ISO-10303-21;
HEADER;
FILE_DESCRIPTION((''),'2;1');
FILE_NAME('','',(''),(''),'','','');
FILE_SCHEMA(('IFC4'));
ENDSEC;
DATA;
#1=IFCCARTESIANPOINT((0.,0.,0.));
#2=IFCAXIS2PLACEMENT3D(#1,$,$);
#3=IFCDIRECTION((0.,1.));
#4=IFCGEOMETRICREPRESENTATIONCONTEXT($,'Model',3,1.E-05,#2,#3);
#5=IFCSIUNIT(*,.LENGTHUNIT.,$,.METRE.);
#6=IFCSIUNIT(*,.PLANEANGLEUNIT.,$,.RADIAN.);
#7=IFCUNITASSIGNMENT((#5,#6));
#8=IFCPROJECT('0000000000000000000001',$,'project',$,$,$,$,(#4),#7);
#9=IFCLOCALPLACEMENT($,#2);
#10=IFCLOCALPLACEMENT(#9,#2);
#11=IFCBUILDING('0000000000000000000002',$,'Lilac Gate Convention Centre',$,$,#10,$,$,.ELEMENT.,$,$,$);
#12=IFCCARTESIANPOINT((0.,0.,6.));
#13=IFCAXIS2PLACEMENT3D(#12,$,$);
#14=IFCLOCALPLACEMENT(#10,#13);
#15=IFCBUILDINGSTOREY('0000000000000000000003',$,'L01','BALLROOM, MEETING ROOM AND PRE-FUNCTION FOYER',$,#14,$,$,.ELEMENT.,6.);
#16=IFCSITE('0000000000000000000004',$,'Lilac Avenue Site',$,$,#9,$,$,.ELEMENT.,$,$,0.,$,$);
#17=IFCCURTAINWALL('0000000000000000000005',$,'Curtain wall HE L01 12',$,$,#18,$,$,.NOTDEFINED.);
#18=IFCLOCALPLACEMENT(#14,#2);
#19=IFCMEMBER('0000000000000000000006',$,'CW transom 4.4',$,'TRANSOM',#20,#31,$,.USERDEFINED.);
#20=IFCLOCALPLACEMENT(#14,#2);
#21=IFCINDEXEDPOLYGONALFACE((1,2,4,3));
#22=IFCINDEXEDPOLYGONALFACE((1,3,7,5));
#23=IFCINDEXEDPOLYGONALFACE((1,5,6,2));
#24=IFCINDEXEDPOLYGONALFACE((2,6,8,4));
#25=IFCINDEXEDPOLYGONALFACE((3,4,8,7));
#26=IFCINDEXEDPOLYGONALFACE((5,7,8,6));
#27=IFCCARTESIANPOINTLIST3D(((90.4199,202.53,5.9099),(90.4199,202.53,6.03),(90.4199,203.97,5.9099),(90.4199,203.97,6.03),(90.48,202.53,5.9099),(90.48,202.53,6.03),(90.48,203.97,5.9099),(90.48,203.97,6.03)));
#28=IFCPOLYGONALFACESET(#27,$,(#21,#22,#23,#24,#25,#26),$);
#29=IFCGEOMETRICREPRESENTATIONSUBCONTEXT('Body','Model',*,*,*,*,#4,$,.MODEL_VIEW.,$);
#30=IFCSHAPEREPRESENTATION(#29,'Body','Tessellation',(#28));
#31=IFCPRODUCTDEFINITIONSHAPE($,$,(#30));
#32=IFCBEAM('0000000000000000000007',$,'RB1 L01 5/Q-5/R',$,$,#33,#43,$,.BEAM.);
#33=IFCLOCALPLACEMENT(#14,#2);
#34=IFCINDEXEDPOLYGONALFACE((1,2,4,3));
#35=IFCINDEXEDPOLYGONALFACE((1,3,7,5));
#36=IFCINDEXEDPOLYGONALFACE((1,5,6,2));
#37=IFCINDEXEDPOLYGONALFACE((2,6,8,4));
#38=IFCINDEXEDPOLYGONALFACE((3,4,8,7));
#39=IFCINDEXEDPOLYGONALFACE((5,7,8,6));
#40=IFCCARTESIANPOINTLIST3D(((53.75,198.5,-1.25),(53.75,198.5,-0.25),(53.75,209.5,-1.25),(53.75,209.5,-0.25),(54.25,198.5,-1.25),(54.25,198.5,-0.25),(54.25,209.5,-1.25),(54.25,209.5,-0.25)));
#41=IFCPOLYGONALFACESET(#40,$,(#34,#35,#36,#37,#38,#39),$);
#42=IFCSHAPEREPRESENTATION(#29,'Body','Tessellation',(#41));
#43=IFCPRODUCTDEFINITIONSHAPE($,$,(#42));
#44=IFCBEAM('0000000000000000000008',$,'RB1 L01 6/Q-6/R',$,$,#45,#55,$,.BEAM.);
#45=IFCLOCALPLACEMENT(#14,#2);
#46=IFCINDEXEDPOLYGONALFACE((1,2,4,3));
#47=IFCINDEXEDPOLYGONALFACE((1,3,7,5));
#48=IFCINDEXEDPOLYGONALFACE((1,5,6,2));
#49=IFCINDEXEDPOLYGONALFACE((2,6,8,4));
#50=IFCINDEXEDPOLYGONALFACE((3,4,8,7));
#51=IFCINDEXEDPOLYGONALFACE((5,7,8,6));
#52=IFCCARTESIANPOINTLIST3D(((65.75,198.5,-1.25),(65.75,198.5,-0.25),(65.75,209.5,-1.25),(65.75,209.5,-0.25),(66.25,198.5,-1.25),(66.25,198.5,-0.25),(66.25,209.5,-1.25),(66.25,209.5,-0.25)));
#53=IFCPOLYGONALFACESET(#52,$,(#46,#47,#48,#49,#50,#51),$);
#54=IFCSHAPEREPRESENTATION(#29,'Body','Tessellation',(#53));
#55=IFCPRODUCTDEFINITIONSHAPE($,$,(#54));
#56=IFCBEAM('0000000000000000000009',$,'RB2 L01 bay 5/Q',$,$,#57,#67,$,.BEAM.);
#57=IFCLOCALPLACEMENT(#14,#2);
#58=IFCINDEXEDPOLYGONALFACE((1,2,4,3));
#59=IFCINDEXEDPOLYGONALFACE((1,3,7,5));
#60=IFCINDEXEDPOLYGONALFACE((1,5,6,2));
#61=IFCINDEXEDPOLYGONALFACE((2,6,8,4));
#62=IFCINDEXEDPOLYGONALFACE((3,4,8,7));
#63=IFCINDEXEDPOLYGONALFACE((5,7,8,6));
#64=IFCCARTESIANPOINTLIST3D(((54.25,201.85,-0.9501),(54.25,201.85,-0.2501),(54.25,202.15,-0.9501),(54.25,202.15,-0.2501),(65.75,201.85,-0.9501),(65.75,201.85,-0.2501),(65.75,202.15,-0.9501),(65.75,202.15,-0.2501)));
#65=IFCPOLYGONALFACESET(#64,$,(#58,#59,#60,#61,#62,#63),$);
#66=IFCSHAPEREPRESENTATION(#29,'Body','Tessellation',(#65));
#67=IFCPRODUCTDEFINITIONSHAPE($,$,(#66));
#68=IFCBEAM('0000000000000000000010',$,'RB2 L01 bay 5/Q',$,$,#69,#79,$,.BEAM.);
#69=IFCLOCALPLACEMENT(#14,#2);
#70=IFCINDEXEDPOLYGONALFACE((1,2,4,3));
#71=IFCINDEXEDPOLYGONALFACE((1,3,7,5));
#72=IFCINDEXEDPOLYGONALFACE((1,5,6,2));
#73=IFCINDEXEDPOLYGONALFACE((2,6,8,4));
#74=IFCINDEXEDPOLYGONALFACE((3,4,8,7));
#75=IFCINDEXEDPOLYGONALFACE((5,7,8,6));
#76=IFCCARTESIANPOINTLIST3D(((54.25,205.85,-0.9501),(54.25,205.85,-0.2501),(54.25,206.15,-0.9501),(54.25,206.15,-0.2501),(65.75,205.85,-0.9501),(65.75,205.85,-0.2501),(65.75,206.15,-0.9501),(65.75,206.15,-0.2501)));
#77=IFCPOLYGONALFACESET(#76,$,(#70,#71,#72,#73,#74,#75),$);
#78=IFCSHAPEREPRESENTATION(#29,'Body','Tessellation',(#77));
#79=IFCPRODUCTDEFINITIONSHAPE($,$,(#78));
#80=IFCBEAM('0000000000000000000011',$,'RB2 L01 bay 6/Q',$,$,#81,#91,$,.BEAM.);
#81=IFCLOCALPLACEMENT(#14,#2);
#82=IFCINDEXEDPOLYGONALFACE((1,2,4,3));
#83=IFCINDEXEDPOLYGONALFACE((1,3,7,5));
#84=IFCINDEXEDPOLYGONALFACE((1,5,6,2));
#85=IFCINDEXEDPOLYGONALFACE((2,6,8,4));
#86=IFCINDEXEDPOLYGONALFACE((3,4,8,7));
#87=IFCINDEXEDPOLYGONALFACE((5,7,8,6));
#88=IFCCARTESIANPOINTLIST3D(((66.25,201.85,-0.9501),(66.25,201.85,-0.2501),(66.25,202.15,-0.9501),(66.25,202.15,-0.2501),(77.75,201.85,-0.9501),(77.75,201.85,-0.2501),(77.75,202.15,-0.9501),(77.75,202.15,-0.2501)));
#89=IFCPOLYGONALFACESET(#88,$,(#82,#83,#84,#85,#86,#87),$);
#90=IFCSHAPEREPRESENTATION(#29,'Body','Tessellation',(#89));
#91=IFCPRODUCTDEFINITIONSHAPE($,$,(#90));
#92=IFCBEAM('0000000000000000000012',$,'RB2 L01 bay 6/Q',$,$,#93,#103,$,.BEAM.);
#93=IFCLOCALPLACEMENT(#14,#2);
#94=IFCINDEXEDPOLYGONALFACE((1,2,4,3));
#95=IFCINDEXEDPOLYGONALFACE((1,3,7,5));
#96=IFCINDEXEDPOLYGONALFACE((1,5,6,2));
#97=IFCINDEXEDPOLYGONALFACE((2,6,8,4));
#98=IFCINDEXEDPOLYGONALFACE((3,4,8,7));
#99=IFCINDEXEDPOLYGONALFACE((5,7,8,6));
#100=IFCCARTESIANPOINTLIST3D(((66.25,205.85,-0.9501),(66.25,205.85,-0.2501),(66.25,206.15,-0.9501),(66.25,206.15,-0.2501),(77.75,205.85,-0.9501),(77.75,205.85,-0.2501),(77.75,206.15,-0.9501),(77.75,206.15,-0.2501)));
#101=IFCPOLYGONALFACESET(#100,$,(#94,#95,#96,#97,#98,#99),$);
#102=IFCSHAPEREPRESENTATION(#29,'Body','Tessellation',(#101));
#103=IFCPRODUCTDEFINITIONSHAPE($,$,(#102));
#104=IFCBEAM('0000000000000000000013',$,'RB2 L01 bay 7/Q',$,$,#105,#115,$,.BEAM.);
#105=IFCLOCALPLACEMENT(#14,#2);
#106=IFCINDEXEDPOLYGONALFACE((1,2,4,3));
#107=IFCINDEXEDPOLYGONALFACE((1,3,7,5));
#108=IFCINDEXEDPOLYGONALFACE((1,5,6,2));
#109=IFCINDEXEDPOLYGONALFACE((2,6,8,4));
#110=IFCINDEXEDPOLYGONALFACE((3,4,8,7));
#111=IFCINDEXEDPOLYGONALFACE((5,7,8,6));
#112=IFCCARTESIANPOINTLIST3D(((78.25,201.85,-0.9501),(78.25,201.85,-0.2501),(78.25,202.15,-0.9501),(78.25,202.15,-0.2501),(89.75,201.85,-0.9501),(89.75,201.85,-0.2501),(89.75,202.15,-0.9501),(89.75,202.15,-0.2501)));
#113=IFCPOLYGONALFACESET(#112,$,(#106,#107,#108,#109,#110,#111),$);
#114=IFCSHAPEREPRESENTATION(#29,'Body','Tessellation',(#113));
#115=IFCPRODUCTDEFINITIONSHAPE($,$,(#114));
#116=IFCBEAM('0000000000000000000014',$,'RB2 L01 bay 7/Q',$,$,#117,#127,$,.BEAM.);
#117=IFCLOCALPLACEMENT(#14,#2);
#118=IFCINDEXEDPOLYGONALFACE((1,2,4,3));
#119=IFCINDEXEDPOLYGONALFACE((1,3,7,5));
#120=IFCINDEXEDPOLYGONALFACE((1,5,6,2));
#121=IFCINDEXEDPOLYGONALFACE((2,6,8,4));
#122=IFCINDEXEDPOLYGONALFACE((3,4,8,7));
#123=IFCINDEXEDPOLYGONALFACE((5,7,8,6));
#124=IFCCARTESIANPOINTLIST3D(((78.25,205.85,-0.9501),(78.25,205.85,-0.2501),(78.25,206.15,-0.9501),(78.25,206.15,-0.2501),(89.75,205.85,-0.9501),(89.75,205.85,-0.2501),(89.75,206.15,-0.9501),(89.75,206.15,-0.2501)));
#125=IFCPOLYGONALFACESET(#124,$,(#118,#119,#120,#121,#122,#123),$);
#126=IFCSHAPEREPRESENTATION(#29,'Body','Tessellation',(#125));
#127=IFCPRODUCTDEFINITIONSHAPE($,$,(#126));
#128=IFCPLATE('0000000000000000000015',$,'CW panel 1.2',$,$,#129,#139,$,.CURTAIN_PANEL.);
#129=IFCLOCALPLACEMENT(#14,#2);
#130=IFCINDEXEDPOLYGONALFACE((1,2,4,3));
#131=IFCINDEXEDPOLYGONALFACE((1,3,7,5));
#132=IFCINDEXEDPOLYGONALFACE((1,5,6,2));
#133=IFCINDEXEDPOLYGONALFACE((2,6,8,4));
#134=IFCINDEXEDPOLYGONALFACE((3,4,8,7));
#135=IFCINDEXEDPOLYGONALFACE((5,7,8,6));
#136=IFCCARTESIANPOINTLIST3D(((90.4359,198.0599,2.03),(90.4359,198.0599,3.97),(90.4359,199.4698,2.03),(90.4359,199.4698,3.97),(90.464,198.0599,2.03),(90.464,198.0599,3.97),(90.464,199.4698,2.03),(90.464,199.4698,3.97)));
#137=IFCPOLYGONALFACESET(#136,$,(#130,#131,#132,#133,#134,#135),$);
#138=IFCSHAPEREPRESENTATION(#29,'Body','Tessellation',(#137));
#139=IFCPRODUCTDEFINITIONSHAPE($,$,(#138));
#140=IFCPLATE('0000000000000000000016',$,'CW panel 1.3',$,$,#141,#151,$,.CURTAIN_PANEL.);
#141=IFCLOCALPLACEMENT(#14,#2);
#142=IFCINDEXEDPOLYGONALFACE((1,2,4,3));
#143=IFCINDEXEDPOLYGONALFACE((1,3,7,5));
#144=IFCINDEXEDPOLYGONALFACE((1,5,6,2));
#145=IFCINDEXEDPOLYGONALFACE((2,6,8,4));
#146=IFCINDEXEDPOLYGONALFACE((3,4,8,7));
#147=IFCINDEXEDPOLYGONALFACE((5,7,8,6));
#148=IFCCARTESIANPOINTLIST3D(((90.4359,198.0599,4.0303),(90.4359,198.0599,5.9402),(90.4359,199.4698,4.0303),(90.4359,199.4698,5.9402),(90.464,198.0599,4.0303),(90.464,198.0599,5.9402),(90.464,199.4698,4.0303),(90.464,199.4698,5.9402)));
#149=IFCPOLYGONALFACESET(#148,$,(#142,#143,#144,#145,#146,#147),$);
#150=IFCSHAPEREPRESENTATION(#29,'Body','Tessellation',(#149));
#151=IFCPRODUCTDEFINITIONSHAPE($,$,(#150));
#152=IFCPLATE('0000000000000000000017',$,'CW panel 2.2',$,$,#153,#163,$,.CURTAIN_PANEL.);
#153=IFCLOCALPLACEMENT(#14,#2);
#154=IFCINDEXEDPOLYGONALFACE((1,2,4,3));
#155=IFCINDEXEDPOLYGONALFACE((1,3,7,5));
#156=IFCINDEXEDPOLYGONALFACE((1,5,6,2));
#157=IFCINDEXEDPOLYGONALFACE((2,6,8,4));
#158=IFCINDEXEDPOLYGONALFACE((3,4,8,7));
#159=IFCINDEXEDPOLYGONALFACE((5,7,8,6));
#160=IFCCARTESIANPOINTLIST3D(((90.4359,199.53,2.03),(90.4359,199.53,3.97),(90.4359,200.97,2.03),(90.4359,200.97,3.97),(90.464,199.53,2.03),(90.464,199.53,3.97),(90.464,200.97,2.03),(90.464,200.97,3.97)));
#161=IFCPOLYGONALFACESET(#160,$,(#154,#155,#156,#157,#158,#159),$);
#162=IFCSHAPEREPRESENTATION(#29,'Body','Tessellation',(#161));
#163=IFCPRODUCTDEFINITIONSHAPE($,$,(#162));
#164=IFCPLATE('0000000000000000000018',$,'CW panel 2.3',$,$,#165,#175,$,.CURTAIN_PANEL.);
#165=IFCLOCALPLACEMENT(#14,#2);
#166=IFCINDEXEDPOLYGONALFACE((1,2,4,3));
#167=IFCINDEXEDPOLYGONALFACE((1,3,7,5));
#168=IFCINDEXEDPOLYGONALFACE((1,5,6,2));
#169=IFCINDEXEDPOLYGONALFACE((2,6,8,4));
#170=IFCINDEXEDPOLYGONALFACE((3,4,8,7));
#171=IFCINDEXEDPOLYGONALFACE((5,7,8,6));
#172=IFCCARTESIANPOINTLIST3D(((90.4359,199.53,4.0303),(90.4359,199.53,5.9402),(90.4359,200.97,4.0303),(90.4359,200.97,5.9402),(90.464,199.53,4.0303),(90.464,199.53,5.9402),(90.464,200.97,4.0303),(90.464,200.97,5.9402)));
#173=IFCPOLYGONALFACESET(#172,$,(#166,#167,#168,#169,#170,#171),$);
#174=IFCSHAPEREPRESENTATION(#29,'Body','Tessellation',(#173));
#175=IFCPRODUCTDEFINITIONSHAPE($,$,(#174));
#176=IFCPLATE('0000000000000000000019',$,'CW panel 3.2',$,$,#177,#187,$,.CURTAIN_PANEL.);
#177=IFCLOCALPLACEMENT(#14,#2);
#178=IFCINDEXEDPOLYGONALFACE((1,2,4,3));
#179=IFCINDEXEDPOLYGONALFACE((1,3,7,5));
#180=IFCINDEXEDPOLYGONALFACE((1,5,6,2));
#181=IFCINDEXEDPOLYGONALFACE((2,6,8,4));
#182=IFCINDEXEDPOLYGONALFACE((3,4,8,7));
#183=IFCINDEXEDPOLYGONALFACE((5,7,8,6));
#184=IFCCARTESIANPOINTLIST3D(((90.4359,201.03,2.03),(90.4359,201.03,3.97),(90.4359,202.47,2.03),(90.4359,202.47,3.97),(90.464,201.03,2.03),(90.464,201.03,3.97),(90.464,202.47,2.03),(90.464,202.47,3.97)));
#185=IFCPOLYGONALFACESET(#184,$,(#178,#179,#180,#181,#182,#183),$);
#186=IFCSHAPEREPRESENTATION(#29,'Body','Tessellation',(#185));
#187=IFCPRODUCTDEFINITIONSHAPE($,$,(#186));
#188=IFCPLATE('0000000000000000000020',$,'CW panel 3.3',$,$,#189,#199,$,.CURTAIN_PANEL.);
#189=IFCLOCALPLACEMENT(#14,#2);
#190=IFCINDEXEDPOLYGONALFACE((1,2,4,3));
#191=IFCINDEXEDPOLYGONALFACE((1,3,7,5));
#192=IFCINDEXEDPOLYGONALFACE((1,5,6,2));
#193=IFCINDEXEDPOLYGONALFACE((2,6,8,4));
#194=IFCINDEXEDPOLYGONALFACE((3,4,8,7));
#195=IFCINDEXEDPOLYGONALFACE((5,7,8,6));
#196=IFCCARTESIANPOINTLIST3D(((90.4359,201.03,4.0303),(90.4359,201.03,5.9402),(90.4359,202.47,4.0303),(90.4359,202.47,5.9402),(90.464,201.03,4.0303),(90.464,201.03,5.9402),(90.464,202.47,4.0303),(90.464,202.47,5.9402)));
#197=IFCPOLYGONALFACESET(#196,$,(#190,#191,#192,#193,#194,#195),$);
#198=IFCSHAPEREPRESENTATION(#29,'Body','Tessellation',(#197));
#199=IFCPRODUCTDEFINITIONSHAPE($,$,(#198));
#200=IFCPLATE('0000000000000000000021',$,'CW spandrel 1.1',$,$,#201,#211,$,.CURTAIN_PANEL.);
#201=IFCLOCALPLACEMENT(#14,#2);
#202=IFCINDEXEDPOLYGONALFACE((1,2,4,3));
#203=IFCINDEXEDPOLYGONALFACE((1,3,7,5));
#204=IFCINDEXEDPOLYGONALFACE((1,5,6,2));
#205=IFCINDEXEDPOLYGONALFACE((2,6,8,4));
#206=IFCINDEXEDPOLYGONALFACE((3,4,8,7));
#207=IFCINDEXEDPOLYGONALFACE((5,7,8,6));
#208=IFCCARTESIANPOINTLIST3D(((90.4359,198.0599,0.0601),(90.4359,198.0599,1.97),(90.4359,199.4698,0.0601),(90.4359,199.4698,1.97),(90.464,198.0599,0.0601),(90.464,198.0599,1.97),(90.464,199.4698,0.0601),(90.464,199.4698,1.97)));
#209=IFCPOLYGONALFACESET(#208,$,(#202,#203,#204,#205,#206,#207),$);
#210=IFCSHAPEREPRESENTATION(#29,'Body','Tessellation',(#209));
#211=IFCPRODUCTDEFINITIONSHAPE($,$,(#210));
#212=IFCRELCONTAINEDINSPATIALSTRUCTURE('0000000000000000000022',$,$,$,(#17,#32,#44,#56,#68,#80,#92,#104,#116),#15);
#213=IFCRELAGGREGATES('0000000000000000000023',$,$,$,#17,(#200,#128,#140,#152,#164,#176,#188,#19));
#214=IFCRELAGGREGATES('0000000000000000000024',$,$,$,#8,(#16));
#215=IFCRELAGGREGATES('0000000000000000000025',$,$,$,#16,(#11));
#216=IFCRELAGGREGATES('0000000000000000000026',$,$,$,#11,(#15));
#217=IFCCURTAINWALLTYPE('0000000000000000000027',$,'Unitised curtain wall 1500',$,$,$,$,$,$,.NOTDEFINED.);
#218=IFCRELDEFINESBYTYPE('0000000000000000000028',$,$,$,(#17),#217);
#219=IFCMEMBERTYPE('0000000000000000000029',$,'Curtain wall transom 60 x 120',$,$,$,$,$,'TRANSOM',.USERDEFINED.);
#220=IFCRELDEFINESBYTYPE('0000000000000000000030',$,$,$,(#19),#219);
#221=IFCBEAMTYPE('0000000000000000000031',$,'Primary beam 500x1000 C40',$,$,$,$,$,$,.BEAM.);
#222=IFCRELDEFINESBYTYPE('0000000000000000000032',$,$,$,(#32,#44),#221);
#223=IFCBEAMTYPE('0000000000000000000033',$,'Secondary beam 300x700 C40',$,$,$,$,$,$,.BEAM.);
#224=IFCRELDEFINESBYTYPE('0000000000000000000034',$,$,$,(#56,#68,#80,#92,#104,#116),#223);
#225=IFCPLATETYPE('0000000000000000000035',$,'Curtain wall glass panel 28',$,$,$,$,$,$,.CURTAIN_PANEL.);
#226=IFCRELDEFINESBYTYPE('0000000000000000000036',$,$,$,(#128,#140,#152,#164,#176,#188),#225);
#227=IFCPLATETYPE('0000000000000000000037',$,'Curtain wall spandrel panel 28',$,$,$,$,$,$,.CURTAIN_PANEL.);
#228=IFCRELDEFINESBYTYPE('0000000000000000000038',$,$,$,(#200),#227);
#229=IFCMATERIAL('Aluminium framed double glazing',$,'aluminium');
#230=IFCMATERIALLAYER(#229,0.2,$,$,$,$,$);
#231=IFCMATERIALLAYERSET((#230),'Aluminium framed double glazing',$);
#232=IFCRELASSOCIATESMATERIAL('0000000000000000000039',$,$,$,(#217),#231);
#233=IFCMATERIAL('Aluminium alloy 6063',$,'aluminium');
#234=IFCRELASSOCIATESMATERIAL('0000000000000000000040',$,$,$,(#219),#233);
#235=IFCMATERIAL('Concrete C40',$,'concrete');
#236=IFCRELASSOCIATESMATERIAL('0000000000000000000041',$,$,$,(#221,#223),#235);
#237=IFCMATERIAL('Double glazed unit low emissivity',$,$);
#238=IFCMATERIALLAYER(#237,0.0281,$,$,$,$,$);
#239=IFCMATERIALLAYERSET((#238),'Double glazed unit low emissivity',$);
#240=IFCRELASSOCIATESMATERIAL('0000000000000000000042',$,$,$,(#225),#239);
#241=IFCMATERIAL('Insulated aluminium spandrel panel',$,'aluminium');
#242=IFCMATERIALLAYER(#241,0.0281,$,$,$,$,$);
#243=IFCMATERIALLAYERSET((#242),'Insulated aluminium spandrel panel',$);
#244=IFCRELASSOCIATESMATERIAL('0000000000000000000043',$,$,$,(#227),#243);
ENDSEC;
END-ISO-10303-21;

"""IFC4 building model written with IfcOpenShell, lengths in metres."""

from ifc_helpers import new_model, si_unit, direction, frame, origin, origin_2d, place, context, subcontext, project, spatial, rectangle, extrude, material, layer, layer_set, material_profile, profile_set, type_object, element, aggregate, save


model = new_model("IFC4")

# Units and contexts
model_context = context("Model", 3, precision=1e-05, world=origin(), true_north=direction((0.0, 1.0)))
body_context = subcontext(model_context, "Body", "Model", "MODEL_VIEW")
ifc_project = project(units=[si_unit("LENGTHUNIT", "METRE"), si_unit("PLANEANGLEUNIT", "RADIAN")], contexts=[model_context])

# Site, building, storey
site_placement = place(None, origin())
site = spatial("IfcSite", under=ifc_project, at=site_placement, Name="Lilac Avenue Site", CompositionType="ELEMENT", RefElevation=0.0)
building_placement = place(site_placement, origin())
building = spatial("IfcBuilding", under=site, at=building_placement, Name="Lilac Gate Convention Centre", CompositionType="ELEMENT")
storey_placement = place(building_placement, frame((0.0, 0.0, 6.0)))
storey = spatial("IfcBuildingStorey", under=building, at=storey_placement, Name="L01", Description="BALLROOM, MEETING ROOM AND PRE-FUNCTION FOYER", CompositionType="ELEMENT", Elevation=6.0)

# Curtain wall, member
ifc_material_1 = material(Name="Aluminium framed double glazing", Category="aluminium")
ifc_layer_1 = layer(ifc_material_1, 0.2)
ifc_layer_set_1 = layer_set([ifc_layer_1], Name="Aluminium framed double glazing")
curtain_wall_type = type_object("IfcCurtainWallType", Name="Unitised curtain wall 1500", PredefinedType="NOTDEFINED", material=ifc_layer_set_1)
curtain_wall_placement = place(storey_placement, origin())
curtain_wall = element("IfcCurtainWall", 1, at=curtain_wall_placement, inside=storey, type_object=curtain_wall_type, Name="Curtain wall HE L01 12", PredefinedType="NOTDEFINED")
ifc_material_2 = material(Name="Aluminium alloy 6063", Category="aluminium")
ifc_material_profile_1 = material_profile(ifc_material_2, rectangle(XDim=0.0601, YDim=0.1201, at=origin_2d()), Name="Curtain wall transom 60 x 120")
ifc_profile_set_1 = profile_set([ifc_material_profile_1], Name="Aluminium alloy 6063")
member_type_1 = type_object("IfcMemberType", Name="Curtain wall transom 60 x 120", ElementType="TRANSOM", PredefinedType="USERDEFINED", material=ifc_profile_set_1)
member_1_placement = place(storey_placement, frame((90.45, 202.53, 5.97), z_axis=(0.0, 1.0, 0.0), x_axis=(-1.0, 0.0, 0.0)))
member_1 = element("IfcMember", 2, at=member_1_placement, type_object=member_type_1, Name="CW transom 4.4", ObjectType="TRANSOM", PredefinedType="USERDEFINED", context=body_context, shape_type="SweptSolid", body=[
    extrude(rectangle(XDim=0.0601, YDim=0.1201, at=origin_2d()), origin(), (0.0, 0.0, 1.0), 1.4399),
])

# Beams
ifc_material_3 = material(Name="Concrete C40", Category="concrete")
ifc_material_profile_2 = material_profile(ifc_material_3, rectangle(XDim=0.5, YDim=1.0, at=origin_2d()), Name="RC 500x1000")
ifc_profile_set_2 = profile_set([ifc_material_profile_2], Name="Concrete C40")
beam_type_1 = type_object("IfcBeamType", Name="Primary beam 500x1000 C40", PredefinedType="BEAM", material=ifc_profile_set_2)
for number, where, z_axis, x_axis, name in (
    (3, (54.0, 198.5, -0.75), (0.0, 1.0, 0.0), (-1.0, 0.0, 0.0), "RB1 L01 5/Q-5/R"),
    (4, (66.0, 198.5, -0.75), (0.0, 1.0, 0.0), (-1.0, 0.0, 0.0), "RB1 L01 6/Q-6/R"),
):
    element("IfcBeam", number, at=place(storey_placement, frame(where, z_axis=z_axis, x_axis=x_axis)), inside=storey, type_object=beam_type_1, Name=name, PredefinedType="BEAM", context=body_context, shape_type="SweptSolid", body=[
        extrude(rectangle(XDim=0.5, YDim=1.0, at=origin_2d()), origin(), (0.0, 0.0, 1.0), 11.0),
    ])
ifc_material_profile_3 = material_profile(ifc_material_3, rectangle(XDim=0.3, YDim=0.7, at=origin_2d()), Name="RC 300x700")
ifc_profile_set_3 = profile_set([ifc_material_profile_3], Name="Concrete C40")
beam_type_2 = type_object("IfcBeamType", Name="Secondary beam 300x700 C40", PredefinedType="BEAM", material=ifc_profile_set_3)
for number, where, z_axis, x_axis, name in (
    (5, (54.25, 202.0, -0.6001), (1.0, 0.0, 0.0), (0.0, 1.0, 0.0), "RB2 L01 bay 5/Q"),
    (6, (54.25, 206.0, -0.6001), (1.0, 0.0, 0.0), (0.0, 1.0, 0.0), "RB2 L01 bay 5/Q"),
    (7, (66.25, 202.0, -0.6001), (1.0, 0.0, 0.0), (0.0, 1.0, 0.0), "RB2 L01 bay 6/Q"),
    (8, (66.25, 206.0, -0.6001), (1.0, 0.0, 0.0), (0.0, 1.0, 0.0), "RB2 L01 bay 6/Q"),
    (9, (78.25, 202.0, -0.6001), (1.0, 0.0, 0.0), (0.0, 1.0, 0.0), "RB2 L01 bay 7/Q"),
    (10, (78.25, 206.0, -0.6001), (1.0, 0.0, 0.0), (0.0, 1.0, 0.0), "RB2 L01 bay 7/Q"),
):
    element("IfcBeam", number, at=place(storey_placement, frame(where, z_axis=z_axis, x_axis=x_axis)), inside=storey, type_object=beam_type_2, Name=name, PredefinedType="BEAM", context=body_context, shape_type="SweptSolid", body=[
        extrude(rectangle(XDim=0.3, YDim=0.7, at=origin_2d()), origin(), (0.0, 0.0, 1.0), 11.5),
    ])

# Plates
ifc_material_4 = material(Name="Double glazed unit low emissivity")
ifc_layer_2 = layer(ifc_material_4, 0.0281)
ifc_layer_set_2 = layer_set([ifc_layer_2], Name="Double glazed unit low emissivity")
plate_type_1 = type_object("IfcPlateType", Name="Curtain wall glass panel 28", PredefinedType="CURTAIN_PANEL", material=ifc_layer_set_2)
plate_1_placement = place(storey_placement, frame((90.45, 198.7649, 2.03), z_axis=(0.0, 0.0, 1.0), x_axis=(0.0, 1.0, 0.0)))
plate_1 = element("IfcPlate", 11, at=plate_1_placement, type_object=plate_type_1, Name="CW panel 1.2", PredefinedType="CURTAIN_PANEL", context=body_context, shape_type="SweptSolid", body=[
    extrude(rectangle(XDim=1.4099, YDim=0.0281, at=origin_2d()), origin(), (0.0, 0.0, 1.0), 1.9399),
])
plate_2_placement = place(storey_placement, frame((90.45, 198.7649, 4.0303), z_axis=(0.0, 0.0, 1.0), x_axis=(0.0, 1.0, 0.0)))
plate_2 = element("IfcPlate", 12, at=plate_2_placement, type_object=plate_type_1, Name="CW panel 1.3", PredefinedType="CURTAIN_PANEL", context=body_context, shape_type="SweptSolid", body=[
    extrude(rectangle(XDim=1.4099, YDim=0.0281, at=origin_2d()), origin(), (0.0, 0.0, 1.0), 1.9099),
])
plate_3_placement = place(storey_placement, frame((90.45, 200.25, 2.03), z_axis=(0.0, 0.0, 1.0), x_axis=(0.0, 1.0, 0.0)))
plate_3 = element("IfcPlate", 13, at=plate_3_placement, type_object=plate_type_1, Name="CW panel 2.2", PredefinedType="CURTAIN_PANEL", context=body_context, shape_type="SweptSolid", body=[
    extrude(rectangle(XDim=1.4399, YDim=0.0281, at=origin_2d()), origin(), (0.0, 0.0, 1.0), 1.9399),
])
plate_4_placement = place(storey_placement, frame((90.45, 200.25, 4.0303), z_axis=(0.0, 0.0, 1.0), x_axis=(0.0, 1.0, 0.0)))
plate_4 = element("IfcPlate", 14, at=plate_4_placement, type_object=plate_type_1, Name="CW panel 2.3", PredefinedType="CURTAIN_PANEL", context=body_context, shape_type="SweptSolid", body=[
    extrude(rectangle(XDim=1.4399, YDim=0.0281, at=origin_2d()), origin(), (0.0, 0.0, 1.0), 1.9099),
])
plate_5_placement = place(storey_placement, frame((90.45, 201.75, 2.03), z_axis=(0.0, 0.0, 1.0), x_axis=(0.0, 1.0, 0.0)))
plate_5 = element("IfcPlate", 15, at=plate_5_placement, type_object=plate_type_1, Name="CW panel 3.2", PredefinedType="CURTAIN_PANEL", context=body_context, shape_type="SweptSolid", body=[
    extrude(rectangle(XDim=1.4399, YDim=0.0281, at=origin_2d()), origin(), (0.0, 0.0, 1.0), 1.9399),
])
plate_6_placement = place(storey_placement, frame((90.45, 201.75, 4.0303), z_axis=(0.0, 0.0, 1.0), x_axis=(0.0, 1.0, 0.0)))
plate_6 = element("IfcPlate", 16, at=plate_6_placement, type_object=plate_type_1, Name="CW panel 3.3", PredefinedType="CURTAIN_PANEL", context=body_context, shape_type="SweptSolid", body=[
    extrude(rectangle(XDim=1.4399, YDim=0.0281, at=origin_2d()), origin(), (0.0, 0.0, 1.0), 1.9099),
])
ifc_material_5 = material(Name="Insulated aluminium spandrel panel", Category="aluminium")
ifc_layer_3 = layer(ifc_material_5, 0.0281)
ifc_layer_set_3 = layer_set([ifc_layer_3], Name="Insulated aluminium spandrel panel")
plate_type_2 = type_object("IfcPlateType", Name="Curtain wall spandrel panel 28", PredefinedType="CURTAIN_PANEL", material=ifc_layer_set_3)
plate_7_placement = place(storey_placement, frame((90.45, 198.7649, 0.0601), z_axis=(0.0, 0.0, 1.0), x_axis=(0.0, 1.0, 0.0)))
plate_7 = element("IfcPlate", 17, at=plate_7_placement, type_object=plate_type_2, Name="CW spandrel 1.1", PredefinedType="CURTAIN_PANEL", context=body_context, shape_type="SweptSolid", body=[
    extrude(rectangle(XDim=1.4099, YDim=0.0281, at=origin_2d()), origin(), (0.0, 0.0, 1.0), 1.9099),
])
aggregate(curtain_wall, [plate_7, plate_1, plate_2, plate_3, plate_4, plate_5, plate_6, member_1])

save(model, "model.ifc")
